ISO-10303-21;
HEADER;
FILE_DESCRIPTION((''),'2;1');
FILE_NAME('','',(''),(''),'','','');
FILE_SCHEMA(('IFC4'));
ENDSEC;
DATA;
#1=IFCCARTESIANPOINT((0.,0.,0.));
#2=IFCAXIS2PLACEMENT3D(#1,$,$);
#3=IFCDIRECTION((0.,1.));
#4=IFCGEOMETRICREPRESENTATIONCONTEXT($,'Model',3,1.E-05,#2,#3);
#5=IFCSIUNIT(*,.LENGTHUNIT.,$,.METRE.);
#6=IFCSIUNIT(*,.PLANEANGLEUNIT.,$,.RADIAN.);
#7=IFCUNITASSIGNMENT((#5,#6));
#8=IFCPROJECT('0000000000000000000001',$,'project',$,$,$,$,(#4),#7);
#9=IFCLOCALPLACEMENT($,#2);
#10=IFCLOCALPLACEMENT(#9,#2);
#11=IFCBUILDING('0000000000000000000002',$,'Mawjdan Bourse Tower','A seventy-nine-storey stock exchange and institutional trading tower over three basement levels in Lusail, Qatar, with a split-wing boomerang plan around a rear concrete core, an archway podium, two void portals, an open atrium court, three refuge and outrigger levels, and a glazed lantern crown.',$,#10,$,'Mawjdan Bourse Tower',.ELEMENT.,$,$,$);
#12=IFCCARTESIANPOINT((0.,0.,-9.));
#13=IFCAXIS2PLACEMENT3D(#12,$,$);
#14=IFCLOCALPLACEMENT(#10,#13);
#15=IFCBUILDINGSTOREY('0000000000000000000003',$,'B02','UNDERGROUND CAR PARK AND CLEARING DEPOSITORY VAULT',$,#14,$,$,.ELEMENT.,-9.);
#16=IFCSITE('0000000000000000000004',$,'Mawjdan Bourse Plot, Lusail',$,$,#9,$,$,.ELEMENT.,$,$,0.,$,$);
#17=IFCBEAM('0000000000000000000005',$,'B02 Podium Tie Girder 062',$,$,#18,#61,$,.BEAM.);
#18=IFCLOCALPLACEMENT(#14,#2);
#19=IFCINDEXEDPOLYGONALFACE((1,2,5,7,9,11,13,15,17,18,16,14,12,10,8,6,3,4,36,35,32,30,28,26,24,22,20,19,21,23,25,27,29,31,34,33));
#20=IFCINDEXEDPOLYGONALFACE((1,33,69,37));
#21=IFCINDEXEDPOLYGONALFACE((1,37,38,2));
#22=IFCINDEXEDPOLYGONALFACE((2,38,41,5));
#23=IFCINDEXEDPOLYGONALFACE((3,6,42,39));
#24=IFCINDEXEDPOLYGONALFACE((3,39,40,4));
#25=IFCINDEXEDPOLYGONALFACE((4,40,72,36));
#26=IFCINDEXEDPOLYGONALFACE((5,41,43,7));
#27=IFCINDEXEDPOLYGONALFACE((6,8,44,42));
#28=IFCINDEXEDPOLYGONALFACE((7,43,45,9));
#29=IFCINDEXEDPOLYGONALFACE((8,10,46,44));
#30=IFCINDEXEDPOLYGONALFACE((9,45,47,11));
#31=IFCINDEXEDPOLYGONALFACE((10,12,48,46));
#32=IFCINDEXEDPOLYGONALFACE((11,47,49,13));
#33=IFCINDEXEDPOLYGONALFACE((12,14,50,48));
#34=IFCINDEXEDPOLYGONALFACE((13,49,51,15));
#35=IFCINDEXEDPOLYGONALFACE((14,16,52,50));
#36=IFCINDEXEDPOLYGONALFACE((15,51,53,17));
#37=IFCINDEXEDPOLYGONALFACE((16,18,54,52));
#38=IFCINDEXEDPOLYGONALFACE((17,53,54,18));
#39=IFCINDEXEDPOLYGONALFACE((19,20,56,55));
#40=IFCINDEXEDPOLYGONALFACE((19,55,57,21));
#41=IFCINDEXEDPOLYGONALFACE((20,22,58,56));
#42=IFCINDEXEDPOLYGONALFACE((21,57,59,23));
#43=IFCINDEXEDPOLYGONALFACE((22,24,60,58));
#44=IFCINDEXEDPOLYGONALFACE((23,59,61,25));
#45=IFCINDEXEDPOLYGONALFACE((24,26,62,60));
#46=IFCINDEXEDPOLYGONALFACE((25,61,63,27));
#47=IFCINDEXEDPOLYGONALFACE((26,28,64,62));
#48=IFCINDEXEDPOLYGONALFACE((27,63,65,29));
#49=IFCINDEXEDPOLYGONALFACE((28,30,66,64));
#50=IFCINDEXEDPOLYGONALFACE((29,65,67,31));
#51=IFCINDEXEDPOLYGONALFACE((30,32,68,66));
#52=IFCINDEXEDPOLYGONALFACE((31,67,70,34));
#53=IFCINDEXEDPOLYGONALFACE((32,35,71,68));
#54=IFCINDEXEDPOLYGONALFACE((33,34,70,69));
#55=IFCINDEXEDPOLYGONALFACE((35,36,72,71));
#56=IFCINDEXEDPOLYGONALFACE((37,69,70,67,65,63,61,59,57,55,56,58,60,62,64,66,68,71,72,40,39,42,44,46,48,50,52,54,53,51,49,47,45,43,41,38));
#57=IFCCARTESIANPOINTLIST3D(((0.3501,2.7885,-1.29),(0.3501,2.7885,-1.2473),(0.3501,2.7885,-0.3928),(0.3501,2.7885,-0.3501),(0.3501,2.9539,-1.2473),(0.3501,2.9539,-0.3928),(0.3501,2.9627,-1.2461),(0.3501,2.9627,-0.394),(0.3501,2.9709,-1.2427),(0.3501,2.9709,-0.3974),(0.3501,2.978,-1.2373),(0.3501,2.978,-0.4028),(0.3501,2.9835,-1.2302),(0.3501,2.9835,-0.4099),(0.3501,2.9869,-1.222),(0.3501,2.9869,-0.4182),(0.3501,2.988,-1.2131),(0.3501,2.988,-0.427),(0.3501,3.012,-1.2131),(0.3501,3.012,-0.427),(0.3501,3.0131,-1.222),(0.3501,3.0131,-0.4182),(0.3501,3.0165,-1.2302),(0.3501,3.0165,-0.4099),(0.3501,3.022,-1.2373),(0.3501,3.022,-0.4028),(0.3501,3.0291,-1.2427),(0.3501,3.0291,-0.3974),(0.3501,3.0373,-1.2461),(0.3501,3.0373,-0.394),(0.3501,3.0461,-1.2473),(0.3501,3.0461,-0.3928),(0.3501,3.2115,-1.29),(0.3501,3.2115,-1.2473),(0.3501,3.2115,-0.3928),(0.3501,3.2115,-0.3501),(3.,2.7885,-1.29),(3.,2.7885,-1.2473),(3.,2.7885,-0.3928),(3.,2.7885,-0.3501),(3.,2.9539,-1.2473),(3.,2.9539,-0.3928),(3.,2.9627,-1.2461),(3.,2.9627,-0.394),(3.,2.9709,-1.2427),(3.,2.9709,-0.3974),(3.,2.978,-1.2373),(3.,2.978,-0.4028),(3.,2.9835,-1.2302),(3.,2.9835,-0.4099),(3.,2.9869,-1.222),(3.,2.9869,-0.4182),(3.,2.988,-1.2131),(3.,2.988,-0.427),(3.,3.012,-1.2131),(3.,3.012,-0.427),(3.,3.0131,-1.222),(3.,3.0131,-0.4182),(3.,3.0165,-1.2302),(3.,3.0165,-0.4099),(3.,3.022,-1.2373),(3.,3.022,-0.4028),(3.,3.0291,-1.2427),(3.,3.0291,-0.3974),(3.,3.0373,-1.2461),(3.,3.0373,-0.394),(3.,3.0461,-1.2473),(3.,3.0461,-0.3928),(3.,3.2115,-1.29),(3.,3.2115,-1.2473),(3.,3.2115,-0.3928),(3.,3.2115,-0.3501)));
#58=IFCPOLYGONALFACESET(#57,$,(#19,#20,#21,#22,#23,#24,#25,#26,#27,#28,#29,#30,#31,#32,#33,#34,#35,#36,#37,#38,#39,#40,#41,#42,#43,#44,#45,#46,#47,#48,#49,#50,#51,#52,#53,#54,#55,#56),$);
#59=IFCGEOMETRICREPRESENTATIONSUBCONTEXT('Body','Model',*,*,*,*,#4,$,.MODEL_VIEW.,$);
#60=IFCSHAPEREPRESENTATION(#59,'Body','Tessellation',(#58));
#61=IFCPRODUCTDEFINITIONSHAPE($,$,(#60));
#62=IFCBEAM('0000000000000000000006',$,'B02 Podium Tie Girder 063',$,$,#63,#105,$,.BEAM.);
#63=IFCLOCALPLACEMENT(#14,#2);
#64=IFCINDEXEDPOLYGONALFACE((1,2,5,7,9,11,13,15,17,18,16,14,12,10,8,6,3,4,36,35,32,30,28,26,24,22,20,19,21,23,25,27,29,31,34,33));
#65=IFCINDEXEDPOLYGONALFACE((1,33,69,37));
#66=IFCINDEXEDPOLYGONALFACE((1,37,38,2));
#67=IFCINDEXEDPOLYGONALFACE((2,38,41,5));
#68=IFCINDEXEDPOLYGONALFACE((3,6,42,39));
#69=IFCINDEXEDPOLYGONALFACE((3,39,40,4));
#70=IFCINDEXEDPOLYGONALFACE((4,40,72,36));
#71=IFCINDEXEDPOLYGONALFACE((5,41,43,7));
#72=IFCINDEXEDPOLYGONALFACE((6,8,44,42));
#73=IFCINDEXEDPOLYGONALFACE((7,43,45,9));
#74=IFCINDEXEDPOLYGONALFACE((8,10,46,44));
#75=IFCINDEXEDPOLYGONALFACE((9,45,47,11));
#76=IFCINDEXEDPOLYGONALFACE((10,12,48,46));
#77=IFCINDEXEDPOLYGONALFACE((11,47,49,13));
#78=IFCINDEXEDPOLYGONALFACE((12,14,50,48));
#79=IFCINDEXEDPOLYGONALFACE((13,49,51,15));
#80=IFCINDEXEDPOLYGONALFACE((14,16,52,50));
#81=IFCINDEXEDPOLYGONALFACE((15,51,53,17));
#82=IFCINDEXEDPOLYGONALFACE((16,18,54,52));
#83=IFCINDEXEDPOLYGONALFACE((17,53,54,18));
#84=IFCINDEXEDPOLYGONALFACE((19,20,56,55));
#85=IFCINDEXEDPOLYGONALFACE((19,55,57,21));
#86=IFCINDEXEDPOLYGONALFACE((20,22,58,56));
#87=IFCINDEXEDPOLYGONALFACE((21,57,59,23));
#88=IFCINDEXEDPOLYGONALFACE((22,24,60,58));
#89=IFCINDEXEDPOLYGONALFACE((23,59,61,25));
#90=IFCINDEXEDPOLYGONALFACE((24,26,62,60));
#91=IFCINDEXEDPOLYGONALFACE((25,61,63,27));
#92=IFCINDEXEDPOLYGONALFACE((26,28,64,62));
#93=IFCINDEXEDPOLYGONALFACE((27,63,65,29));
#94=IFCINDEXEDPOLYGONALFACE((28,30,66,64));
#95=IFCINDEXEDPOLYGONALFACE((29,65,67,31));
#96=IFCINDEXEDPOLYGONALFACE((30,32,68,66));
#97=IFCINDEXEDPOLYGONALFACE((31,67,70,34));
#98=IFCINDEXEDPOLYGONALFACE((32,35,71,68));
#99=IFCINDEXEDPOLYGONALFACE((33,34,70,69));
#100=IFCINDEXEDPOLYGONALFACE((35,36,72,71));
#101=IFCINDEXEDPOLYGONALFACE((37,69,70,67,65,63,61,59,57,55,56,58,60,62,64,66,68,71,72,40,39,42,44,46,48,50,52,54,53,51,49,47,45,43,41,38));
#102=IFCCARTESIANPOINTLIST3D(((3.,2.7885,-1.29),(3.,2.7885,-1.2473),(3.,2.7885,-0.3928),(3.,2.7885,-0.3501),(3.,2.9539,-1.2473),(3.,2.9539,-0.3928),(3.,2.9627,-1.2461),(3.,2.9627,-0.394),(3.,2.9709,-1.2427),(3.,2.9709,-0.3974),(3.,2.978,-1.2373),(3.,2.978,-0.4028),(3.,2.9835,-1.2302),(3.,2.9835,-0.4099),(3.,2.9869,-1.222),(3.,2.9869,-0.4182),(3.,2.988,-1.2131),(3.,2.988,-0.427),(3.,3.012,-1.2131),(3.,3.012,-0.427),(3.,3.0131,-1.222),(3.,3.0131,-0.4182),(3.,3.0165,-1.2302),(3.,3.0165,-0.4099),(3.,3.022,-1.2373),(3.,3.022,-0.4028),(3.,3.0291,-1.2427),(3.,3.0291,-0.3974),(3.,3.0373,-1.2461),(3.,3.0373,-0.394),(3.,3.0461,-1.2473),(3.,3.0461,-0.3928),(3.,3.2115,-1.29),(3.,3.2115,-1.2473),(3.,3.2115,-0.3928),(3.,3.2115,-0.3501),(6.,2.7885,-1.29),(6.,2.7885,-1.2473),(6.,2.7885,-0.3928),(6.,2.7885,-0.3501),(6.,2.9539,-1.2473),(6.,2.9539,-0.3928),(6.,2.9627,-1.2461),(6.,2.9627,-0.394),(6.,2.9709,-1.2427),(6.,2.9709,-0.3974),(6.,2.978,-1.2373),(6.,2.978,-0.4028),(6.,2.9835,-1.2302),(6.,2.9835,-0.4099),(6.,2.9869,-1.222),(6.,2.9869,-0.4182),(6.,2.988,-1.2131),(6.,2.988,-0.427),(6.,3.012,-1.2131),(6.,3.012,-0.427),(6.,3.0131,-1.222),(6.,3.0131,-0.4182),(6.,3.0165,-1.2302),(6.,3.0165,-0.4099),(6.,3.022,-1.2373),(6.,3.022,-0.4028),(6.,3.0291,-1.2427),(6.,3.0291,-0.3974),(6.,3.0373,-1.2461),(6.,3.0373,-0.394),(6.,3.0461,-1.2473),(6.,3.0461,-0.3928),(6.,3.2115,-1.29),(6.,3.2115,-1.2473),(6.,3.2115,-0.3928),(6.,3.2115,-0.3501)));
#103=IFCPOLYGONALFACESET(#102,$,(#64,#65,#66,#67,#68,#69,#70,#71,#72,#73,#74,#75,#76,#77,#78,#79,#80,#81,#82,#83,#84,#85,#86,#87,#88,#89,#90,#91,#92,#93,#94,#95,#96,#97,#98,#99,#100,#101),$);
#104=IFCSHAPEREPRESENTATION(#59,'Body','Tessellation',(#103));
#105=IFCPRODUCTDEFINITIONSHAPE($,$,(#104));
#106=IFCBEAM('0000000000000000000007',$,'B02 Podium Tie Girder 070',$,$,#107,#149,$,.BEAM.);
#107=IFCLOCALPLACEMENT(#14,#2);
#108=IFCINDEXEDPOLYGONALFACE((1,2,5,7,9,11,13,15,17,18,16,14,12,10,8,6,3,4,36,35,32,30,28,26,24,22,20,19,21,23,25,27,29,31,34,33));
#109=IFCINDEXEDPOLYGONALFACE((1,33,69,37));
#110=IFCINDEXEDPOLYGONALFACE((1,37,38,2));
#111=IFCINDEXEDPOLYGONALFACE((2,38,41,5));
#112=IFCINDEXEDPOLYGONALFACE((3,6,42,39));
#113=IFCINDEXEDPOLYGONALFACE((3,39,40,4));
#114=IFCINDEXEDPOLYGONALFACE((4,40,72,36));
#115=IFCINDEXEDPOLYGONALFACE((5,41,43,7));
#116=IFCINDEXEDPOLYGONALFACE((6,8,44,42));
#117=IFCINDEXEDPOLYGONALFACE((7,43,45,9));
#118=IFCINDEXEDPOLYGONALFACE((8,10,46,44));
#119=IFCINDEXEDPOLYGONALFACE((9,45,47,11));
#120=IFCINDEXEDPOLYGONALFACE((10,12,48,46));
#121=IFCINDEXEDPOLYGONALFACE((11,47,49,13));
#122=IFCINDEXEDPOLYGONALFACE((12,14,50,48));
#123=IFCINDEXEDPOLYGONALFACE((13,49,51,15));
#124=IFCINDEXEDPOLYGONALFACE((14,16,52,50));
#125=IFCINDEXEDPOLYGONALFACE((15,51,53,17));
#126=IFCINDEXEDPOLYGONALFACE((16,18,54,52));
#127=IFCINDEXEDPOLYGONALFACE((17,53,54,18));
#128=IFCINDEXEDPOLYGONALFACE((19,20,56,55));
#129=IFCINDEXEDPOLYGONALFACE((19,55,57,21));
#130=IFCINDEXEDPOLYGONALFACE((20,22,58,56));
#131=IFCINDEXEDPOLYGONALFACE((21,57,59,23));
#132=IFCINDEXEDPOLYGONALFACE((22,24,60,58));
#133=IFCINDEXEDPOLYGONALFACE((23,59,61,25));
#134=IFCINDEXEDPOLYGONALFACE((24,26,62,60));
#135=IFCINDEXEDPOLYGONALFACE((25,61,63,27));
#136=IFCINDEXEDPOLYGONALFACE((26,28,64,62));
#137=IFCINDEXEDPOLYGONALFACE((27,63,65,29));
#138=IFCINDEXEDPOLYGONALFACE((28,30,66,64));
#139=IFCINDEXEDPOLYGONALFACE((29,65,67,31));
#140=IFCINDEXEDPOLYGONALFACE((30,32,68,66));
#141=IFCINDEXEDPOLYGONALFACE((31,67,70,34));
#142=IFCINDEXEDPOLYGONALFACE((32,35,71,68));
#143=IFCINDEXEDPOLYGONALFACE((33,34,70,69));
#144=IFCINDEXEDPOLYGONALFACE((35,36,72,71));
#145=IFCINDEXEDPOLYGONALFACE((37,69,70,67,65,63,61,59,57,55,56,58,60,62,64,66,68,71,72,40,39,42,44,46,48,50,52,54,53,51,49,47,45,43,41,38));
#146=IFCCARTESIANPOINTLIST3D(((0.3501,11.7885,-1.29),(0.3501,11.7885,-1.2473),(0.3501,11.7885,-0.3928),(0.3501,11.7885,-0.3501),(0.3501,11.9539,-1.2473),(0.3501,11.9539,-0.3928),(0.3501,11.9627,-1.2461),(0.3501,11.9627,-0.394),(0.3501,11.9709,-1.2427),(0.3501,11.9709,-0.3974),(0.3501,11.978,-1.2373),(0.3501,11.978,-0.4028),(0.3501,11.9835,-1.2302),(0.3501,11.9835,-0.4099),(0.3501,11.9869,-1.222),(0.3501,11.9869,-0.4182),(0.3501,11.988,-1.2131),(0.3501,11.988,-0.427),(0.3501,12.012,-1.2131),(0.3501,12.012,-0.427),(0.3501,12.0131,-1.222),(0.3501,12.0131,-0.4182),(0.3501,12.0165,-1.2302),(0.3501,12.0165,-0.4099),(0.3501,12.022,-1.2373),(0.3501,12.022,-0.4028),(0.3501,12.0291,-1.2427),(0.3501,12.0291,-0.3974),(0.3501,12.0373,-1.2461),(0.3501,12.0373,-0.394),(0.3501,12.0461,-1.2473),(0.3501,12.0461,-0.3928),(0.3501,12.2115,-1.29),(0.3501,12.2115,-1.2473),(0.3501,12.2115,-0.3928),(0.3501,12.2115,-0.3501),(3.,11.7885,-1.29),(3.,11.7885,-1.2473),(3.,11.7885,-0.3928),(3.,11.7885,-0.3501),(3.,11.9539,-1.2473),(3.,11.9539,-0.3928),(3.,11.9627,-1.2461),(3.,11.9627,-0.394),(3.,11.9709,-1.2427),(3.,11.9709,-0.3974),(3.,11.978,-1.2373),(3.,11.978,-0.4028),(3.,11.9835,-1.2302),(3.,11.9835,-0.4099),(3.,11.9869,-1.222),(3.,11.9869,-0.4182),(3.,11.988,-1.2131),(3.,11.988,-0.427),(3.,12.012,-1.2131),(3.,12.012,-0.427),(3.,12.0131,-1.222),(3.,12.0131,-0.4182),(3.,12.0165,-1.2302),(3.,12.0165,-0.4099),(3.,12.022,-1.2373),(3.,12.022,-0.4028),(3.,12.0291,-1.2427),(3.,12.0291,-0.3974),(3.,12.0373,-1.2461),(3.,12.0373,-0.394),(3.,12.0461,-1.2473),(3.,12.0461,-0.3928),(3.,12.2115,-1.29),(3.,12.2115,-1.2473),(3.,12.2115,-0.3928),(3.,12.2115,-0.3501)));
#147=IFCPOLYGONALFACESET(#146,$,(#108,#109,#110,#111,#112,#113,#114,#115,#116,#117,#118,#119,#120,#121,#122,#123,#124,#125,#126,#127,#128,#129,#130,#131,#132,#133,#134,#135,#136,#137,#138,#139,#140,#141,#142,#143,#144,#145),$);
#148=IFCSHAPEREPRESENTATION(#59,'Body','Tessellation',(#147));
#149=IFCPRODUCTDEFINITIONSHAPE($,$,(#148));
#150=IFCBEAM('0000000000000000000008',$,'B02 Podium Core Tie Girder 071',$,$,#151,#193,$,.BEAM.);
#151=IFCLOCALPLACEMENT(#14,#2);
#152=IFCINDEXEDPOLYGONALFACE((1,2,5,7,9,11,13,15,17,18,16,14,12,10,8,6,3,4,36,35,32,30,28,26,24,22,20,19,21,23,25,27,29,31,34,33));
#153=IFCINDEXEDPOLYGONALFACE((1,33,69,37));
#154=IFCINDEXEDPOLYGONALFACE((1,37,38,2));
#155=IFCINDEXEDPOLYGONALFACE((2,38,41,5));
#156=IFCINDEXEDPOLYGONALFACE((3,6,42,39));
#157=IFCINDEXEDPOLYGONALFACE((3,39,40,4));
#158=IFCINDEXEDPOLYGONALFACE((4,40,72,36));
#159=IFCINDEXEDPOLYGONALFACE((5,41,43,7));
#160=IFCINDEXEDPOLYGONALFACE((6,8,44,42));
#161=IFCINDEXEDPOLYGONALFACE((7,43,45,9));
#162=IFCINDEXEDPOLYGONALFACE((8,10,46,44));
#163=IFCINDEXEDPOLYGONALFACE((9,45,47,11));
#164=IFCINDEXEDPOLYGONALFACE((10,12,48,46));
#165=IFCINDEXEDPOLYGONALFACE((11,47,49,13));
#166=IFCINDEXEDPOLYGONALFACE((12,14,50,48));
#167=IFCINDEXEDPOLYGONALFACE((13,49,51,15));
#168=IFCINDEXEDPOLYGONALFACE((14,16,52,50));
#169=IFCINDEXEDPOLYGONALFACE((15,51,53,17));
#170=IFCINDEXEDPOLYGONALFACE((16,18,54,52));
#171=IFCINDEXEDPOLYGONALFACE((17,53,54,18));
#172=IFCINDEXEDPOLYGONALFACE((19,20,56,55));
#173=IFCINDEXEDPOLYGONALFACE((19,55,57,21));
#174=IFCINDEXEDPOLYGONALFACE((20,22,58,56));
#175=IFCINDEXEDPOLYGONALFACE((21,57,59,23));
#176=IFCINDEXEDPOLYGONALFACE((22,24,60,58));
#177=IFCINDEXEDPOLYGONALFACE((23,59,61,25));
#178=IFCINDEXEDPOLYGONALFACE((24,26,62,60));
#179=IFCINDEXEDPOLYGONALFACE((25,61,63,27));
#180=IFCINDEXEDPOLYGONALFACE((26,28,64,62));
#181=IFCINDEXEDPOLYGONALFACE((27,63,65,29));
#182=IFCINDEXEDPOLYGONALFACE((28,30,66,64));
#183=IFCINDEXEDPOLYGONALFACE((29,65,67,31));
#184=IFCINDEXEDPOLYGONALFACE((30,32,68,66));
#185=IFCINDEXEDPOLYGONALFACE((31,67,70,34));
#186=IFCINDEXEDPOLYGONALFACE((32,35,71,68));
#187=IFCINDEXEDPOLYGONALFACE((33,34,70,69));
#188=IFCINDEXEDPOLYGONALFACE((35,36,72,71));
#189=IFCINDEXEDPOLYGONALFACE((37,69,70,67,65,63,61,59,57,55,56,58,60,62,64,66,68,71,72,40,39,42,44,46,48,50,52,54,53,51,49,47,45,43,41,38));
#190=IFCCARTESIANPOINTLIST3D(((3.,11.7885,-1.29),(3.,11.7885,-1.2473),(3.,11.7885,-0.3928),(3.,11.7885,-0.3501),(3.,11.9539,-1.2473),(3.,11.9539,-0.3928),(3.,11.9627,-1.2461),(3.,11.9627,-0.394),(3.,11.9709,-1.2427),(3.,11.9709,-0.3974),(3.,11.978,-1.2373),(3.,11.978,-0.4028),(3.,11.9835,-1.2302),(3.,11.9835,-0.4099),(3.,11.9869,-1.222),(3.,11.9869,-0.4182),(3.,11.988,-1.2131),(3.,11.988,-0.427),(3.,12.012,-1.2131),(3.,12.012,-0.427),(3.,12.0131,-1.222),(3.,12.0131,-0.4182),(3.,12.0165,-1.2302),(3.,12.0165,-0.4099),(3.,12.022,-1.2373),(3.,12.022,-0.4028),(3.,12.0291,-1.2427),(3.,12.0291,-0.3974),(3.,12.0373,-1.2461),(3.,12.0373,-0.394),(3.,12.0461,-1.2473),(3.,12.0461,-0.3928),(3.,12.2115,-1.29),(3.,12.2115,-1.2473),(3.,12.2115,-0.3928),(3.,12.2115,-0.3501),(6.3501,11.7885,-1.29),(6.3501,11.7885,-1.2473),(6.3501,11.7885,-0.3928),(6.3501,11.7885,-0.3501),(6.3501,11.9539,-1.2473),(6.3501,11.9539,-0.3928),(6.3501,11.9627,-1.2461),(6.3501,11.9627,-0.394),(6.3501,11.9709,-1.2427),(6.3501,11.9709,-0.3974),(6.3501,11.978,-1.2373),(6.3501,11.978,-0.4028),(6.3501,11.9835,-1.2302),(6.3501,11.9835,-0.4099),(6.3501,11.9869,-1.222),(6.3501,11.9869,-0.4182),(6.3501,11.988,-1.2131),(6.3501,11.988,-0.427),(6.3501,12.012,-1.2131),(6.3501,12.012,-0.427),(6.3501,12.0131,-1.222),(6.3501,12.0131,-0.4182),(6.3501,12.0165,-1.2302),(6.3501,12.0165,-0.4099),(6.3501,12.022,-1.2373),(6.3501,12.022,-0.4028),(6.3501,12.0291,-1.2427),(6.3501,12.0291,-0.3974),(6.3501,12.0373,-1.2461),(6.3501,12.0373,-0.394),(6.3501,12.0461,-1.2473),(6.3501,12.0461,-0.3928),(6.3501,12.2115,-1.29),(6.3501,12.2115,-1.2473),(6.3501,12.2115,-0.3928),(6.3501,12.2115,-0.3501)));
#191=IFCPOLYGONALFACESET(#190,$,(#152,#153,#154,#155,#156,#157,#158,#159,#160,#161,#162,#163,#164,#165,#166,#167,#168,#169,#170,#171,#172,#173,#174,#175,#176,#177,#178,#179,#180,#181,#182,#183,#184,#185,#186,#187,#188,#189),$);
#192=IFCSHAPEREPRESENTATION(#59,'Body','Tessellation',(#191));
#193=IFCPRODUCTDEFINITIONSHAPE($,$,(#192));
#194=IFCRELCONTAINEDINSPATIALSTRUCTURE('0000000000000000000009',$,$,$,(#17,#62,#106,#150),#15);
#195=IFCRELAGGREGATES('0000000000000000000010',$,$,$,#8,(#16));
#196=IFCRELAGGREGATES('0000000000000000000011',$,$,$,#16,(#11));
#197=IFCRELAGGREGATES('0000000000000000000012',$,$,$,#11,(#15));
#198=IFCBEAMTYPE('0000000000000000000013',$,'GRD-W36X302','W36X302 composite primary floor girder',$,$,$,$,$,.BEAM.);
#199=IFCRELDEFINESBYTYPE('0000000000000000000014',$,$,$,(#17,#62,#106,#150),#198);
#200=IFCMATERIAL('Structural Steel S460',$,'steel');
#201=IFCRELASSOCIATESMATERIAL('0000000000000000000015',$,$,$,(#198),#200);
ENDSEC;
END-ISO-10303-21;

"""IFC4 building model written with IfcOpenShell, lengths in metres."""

from ifc_helpers import new_model, si_unit, direction, frame, origin, origin_2d, place, context, subcontext, project, spatial, i_section, extrude, material, material_profile, profile_set, type_object, element, save


model = new_model("IFC4")

# Units and contexts
model_context = context("Model", 3, precision=1e-05, world=origin(), true_north=direction((0.0, 1.0)))
body_context = subcontext(model_context, "Body", "Model", "MODEL_VIEW")
ifc_project = project(units=[si_unit("LENGTHUNIT", "METRE"), si_unit("PLANEANGLEUNIT", "RADIAN")], contexts=[model_context])

# Site, building, storey
site_placement = place(None, origin())
site = spatial("IfcSite", under=ifc_project, at=site_placement, Name="Mawjdan Bourse Plot, Lusail", CompositionType="ELEMENT", RefElevation=0.0)
building_placement = place(site_placement, origin())
building = spatial("IfcBuilding", under=site, at=building_placement, Name="Mawjdan Bourse Tower", Description="A seventy-nine-storey stock exchange and institutional trading tower over three basement levels in Lusail, Qatar, with a split-wing boomerang plan around a rear concrete core, an archway podium, two void portals, an open atrium court, three refuge and outrigger levels, and a glazed lantern crown.", LongName="Mawjdan Bourse Tower", CompositionType="ELEMENT")
storey_placement = place(building_placement, frame((0.0, 0.0, -9.0)))
storey = spatial("IfcBuildingStorey", under=building, at=storey_placement, Name="B02", Description="UNDERGROUND CAR PARK AND CLEARING DEPOSITORY VAULT", CompositionType="ELEMENT", Elevation=-9.0)

# Beams
ifc_material_1 = material(Name="Structural Steel S460", Category="steel")
ifc_material_profile_1 = material_profile(ifc_material_1, i_section(OverallWidth=0.4231, OverallDepth=0.9399, WebThickness=0.0239, FlangeThickness=0.0427, FilletRadius=0.0342, at=origin_2d()), Name="W36X302")
ifc_profile_set_1 = profile_set([ifc_material_profile_1], Name="Structural Steel S460")
beam_type_1 = type_object("IfcBeamType", Name="GRD-W36X302", Description="W36X302 composite primary floor girder", PredefinedType="BEAM", material=ifc_profile_set_1)
for number, where, z_axis, x_axis, name in (
    (1, (0.3501, 3.0, -0.8201), (1.0, 0.0, 0.0), (0.0, 1.0, 0.0), "B02 Podium Tie Girder 062"),
):
    element("IfcBeam", number, at=place(storey_placement, frame(where, z_axis=z_axis, x_axis=x_axis)), inside=storey, type_object=beam_type_1, Name=name, PredefinedType="BEAM", context=body_context, shape_type="SweptSolid", body=[
        extrude(i_section(OverallWidth=0.4231, OverallDepth=0.9399, WebThickness=0.0239, FlangeThickness=0.0427, FilletRadius=0.0342, at=origin_2d()), origin(), (0.0, 0.0, 1.0), 2.6499),
    ])
beam_1_placement = place(storey_placement, frame((3.0, 3.0, -0.8201), z_axis=(1.0, 0.0, 0.0), x_axis=(0.0, 1.0, 0.0)))
element("IfcBeam", 2, at=beam_1_placement, inside=storey, type_object=beam_type_1, Name="B02 Podium Tie Girder 063", PredefinedType="BEAM", context=body_context, shape_type="SweptSolid", body=[
    extrude(i_section(OverallWidth=0.4231, OverallDepth=0.9399, WebThickness=0.0239, FlangeThickness=0.0427, FilletRadius=0.0342, at=origin_2d()), origin(), (0.0, 0.0, 1.0), 3.0),
])
beam_2_placement = place(storey_placement, frame((0.3501, 12.0, -0.8201), z_axis=(1.0, 0.0, 0.0), x_axis=(0.0, 1.0, 0.0)))
element("IfcBeam", 3, at=beam_2_placement, inside=storey, type_object=beam_type_1, Name="B02 Podium Tie Girder 070", PredefinedType="BEAM", context=body_context, shape_type="SweptSolid", body=[
    extrude(i_section(OverallWidth=0.4231, OverallDepth=0.9399, WebThickness=0.0239, FlangeThickness=0.0427, FilletRadius=0.0342, at=origin_2d()), origin(), (0.0, 0.0, 1.0), 2.6499),
])
beam_3_placement = place(storey_placement, frame((3.0, 12.0, -0.8201), z_axis=(1.0, 0.0, 0.0), x_axis=(0.0, 1.0, 0.0)))
element("IfcBeam", 4, at=beam_3_placement, inside=storey, type_object=beam_type_1, Name="B02 Podium Core Tie Girder 071", PredefinedType="BEAM", context=body_context, shape_type="SweptSolid", body=[
    extrude(i_section(OverallWidth=0.4231, OverallDepth=0.9399, WebThickness=0.0239, FlangeThickness=0.0427, FilletRadius=0.0342, at=origin_2d()), origin(), (0.0, 0.0, 1.0), 3.3501),
])

save(model, "model.ifc")
